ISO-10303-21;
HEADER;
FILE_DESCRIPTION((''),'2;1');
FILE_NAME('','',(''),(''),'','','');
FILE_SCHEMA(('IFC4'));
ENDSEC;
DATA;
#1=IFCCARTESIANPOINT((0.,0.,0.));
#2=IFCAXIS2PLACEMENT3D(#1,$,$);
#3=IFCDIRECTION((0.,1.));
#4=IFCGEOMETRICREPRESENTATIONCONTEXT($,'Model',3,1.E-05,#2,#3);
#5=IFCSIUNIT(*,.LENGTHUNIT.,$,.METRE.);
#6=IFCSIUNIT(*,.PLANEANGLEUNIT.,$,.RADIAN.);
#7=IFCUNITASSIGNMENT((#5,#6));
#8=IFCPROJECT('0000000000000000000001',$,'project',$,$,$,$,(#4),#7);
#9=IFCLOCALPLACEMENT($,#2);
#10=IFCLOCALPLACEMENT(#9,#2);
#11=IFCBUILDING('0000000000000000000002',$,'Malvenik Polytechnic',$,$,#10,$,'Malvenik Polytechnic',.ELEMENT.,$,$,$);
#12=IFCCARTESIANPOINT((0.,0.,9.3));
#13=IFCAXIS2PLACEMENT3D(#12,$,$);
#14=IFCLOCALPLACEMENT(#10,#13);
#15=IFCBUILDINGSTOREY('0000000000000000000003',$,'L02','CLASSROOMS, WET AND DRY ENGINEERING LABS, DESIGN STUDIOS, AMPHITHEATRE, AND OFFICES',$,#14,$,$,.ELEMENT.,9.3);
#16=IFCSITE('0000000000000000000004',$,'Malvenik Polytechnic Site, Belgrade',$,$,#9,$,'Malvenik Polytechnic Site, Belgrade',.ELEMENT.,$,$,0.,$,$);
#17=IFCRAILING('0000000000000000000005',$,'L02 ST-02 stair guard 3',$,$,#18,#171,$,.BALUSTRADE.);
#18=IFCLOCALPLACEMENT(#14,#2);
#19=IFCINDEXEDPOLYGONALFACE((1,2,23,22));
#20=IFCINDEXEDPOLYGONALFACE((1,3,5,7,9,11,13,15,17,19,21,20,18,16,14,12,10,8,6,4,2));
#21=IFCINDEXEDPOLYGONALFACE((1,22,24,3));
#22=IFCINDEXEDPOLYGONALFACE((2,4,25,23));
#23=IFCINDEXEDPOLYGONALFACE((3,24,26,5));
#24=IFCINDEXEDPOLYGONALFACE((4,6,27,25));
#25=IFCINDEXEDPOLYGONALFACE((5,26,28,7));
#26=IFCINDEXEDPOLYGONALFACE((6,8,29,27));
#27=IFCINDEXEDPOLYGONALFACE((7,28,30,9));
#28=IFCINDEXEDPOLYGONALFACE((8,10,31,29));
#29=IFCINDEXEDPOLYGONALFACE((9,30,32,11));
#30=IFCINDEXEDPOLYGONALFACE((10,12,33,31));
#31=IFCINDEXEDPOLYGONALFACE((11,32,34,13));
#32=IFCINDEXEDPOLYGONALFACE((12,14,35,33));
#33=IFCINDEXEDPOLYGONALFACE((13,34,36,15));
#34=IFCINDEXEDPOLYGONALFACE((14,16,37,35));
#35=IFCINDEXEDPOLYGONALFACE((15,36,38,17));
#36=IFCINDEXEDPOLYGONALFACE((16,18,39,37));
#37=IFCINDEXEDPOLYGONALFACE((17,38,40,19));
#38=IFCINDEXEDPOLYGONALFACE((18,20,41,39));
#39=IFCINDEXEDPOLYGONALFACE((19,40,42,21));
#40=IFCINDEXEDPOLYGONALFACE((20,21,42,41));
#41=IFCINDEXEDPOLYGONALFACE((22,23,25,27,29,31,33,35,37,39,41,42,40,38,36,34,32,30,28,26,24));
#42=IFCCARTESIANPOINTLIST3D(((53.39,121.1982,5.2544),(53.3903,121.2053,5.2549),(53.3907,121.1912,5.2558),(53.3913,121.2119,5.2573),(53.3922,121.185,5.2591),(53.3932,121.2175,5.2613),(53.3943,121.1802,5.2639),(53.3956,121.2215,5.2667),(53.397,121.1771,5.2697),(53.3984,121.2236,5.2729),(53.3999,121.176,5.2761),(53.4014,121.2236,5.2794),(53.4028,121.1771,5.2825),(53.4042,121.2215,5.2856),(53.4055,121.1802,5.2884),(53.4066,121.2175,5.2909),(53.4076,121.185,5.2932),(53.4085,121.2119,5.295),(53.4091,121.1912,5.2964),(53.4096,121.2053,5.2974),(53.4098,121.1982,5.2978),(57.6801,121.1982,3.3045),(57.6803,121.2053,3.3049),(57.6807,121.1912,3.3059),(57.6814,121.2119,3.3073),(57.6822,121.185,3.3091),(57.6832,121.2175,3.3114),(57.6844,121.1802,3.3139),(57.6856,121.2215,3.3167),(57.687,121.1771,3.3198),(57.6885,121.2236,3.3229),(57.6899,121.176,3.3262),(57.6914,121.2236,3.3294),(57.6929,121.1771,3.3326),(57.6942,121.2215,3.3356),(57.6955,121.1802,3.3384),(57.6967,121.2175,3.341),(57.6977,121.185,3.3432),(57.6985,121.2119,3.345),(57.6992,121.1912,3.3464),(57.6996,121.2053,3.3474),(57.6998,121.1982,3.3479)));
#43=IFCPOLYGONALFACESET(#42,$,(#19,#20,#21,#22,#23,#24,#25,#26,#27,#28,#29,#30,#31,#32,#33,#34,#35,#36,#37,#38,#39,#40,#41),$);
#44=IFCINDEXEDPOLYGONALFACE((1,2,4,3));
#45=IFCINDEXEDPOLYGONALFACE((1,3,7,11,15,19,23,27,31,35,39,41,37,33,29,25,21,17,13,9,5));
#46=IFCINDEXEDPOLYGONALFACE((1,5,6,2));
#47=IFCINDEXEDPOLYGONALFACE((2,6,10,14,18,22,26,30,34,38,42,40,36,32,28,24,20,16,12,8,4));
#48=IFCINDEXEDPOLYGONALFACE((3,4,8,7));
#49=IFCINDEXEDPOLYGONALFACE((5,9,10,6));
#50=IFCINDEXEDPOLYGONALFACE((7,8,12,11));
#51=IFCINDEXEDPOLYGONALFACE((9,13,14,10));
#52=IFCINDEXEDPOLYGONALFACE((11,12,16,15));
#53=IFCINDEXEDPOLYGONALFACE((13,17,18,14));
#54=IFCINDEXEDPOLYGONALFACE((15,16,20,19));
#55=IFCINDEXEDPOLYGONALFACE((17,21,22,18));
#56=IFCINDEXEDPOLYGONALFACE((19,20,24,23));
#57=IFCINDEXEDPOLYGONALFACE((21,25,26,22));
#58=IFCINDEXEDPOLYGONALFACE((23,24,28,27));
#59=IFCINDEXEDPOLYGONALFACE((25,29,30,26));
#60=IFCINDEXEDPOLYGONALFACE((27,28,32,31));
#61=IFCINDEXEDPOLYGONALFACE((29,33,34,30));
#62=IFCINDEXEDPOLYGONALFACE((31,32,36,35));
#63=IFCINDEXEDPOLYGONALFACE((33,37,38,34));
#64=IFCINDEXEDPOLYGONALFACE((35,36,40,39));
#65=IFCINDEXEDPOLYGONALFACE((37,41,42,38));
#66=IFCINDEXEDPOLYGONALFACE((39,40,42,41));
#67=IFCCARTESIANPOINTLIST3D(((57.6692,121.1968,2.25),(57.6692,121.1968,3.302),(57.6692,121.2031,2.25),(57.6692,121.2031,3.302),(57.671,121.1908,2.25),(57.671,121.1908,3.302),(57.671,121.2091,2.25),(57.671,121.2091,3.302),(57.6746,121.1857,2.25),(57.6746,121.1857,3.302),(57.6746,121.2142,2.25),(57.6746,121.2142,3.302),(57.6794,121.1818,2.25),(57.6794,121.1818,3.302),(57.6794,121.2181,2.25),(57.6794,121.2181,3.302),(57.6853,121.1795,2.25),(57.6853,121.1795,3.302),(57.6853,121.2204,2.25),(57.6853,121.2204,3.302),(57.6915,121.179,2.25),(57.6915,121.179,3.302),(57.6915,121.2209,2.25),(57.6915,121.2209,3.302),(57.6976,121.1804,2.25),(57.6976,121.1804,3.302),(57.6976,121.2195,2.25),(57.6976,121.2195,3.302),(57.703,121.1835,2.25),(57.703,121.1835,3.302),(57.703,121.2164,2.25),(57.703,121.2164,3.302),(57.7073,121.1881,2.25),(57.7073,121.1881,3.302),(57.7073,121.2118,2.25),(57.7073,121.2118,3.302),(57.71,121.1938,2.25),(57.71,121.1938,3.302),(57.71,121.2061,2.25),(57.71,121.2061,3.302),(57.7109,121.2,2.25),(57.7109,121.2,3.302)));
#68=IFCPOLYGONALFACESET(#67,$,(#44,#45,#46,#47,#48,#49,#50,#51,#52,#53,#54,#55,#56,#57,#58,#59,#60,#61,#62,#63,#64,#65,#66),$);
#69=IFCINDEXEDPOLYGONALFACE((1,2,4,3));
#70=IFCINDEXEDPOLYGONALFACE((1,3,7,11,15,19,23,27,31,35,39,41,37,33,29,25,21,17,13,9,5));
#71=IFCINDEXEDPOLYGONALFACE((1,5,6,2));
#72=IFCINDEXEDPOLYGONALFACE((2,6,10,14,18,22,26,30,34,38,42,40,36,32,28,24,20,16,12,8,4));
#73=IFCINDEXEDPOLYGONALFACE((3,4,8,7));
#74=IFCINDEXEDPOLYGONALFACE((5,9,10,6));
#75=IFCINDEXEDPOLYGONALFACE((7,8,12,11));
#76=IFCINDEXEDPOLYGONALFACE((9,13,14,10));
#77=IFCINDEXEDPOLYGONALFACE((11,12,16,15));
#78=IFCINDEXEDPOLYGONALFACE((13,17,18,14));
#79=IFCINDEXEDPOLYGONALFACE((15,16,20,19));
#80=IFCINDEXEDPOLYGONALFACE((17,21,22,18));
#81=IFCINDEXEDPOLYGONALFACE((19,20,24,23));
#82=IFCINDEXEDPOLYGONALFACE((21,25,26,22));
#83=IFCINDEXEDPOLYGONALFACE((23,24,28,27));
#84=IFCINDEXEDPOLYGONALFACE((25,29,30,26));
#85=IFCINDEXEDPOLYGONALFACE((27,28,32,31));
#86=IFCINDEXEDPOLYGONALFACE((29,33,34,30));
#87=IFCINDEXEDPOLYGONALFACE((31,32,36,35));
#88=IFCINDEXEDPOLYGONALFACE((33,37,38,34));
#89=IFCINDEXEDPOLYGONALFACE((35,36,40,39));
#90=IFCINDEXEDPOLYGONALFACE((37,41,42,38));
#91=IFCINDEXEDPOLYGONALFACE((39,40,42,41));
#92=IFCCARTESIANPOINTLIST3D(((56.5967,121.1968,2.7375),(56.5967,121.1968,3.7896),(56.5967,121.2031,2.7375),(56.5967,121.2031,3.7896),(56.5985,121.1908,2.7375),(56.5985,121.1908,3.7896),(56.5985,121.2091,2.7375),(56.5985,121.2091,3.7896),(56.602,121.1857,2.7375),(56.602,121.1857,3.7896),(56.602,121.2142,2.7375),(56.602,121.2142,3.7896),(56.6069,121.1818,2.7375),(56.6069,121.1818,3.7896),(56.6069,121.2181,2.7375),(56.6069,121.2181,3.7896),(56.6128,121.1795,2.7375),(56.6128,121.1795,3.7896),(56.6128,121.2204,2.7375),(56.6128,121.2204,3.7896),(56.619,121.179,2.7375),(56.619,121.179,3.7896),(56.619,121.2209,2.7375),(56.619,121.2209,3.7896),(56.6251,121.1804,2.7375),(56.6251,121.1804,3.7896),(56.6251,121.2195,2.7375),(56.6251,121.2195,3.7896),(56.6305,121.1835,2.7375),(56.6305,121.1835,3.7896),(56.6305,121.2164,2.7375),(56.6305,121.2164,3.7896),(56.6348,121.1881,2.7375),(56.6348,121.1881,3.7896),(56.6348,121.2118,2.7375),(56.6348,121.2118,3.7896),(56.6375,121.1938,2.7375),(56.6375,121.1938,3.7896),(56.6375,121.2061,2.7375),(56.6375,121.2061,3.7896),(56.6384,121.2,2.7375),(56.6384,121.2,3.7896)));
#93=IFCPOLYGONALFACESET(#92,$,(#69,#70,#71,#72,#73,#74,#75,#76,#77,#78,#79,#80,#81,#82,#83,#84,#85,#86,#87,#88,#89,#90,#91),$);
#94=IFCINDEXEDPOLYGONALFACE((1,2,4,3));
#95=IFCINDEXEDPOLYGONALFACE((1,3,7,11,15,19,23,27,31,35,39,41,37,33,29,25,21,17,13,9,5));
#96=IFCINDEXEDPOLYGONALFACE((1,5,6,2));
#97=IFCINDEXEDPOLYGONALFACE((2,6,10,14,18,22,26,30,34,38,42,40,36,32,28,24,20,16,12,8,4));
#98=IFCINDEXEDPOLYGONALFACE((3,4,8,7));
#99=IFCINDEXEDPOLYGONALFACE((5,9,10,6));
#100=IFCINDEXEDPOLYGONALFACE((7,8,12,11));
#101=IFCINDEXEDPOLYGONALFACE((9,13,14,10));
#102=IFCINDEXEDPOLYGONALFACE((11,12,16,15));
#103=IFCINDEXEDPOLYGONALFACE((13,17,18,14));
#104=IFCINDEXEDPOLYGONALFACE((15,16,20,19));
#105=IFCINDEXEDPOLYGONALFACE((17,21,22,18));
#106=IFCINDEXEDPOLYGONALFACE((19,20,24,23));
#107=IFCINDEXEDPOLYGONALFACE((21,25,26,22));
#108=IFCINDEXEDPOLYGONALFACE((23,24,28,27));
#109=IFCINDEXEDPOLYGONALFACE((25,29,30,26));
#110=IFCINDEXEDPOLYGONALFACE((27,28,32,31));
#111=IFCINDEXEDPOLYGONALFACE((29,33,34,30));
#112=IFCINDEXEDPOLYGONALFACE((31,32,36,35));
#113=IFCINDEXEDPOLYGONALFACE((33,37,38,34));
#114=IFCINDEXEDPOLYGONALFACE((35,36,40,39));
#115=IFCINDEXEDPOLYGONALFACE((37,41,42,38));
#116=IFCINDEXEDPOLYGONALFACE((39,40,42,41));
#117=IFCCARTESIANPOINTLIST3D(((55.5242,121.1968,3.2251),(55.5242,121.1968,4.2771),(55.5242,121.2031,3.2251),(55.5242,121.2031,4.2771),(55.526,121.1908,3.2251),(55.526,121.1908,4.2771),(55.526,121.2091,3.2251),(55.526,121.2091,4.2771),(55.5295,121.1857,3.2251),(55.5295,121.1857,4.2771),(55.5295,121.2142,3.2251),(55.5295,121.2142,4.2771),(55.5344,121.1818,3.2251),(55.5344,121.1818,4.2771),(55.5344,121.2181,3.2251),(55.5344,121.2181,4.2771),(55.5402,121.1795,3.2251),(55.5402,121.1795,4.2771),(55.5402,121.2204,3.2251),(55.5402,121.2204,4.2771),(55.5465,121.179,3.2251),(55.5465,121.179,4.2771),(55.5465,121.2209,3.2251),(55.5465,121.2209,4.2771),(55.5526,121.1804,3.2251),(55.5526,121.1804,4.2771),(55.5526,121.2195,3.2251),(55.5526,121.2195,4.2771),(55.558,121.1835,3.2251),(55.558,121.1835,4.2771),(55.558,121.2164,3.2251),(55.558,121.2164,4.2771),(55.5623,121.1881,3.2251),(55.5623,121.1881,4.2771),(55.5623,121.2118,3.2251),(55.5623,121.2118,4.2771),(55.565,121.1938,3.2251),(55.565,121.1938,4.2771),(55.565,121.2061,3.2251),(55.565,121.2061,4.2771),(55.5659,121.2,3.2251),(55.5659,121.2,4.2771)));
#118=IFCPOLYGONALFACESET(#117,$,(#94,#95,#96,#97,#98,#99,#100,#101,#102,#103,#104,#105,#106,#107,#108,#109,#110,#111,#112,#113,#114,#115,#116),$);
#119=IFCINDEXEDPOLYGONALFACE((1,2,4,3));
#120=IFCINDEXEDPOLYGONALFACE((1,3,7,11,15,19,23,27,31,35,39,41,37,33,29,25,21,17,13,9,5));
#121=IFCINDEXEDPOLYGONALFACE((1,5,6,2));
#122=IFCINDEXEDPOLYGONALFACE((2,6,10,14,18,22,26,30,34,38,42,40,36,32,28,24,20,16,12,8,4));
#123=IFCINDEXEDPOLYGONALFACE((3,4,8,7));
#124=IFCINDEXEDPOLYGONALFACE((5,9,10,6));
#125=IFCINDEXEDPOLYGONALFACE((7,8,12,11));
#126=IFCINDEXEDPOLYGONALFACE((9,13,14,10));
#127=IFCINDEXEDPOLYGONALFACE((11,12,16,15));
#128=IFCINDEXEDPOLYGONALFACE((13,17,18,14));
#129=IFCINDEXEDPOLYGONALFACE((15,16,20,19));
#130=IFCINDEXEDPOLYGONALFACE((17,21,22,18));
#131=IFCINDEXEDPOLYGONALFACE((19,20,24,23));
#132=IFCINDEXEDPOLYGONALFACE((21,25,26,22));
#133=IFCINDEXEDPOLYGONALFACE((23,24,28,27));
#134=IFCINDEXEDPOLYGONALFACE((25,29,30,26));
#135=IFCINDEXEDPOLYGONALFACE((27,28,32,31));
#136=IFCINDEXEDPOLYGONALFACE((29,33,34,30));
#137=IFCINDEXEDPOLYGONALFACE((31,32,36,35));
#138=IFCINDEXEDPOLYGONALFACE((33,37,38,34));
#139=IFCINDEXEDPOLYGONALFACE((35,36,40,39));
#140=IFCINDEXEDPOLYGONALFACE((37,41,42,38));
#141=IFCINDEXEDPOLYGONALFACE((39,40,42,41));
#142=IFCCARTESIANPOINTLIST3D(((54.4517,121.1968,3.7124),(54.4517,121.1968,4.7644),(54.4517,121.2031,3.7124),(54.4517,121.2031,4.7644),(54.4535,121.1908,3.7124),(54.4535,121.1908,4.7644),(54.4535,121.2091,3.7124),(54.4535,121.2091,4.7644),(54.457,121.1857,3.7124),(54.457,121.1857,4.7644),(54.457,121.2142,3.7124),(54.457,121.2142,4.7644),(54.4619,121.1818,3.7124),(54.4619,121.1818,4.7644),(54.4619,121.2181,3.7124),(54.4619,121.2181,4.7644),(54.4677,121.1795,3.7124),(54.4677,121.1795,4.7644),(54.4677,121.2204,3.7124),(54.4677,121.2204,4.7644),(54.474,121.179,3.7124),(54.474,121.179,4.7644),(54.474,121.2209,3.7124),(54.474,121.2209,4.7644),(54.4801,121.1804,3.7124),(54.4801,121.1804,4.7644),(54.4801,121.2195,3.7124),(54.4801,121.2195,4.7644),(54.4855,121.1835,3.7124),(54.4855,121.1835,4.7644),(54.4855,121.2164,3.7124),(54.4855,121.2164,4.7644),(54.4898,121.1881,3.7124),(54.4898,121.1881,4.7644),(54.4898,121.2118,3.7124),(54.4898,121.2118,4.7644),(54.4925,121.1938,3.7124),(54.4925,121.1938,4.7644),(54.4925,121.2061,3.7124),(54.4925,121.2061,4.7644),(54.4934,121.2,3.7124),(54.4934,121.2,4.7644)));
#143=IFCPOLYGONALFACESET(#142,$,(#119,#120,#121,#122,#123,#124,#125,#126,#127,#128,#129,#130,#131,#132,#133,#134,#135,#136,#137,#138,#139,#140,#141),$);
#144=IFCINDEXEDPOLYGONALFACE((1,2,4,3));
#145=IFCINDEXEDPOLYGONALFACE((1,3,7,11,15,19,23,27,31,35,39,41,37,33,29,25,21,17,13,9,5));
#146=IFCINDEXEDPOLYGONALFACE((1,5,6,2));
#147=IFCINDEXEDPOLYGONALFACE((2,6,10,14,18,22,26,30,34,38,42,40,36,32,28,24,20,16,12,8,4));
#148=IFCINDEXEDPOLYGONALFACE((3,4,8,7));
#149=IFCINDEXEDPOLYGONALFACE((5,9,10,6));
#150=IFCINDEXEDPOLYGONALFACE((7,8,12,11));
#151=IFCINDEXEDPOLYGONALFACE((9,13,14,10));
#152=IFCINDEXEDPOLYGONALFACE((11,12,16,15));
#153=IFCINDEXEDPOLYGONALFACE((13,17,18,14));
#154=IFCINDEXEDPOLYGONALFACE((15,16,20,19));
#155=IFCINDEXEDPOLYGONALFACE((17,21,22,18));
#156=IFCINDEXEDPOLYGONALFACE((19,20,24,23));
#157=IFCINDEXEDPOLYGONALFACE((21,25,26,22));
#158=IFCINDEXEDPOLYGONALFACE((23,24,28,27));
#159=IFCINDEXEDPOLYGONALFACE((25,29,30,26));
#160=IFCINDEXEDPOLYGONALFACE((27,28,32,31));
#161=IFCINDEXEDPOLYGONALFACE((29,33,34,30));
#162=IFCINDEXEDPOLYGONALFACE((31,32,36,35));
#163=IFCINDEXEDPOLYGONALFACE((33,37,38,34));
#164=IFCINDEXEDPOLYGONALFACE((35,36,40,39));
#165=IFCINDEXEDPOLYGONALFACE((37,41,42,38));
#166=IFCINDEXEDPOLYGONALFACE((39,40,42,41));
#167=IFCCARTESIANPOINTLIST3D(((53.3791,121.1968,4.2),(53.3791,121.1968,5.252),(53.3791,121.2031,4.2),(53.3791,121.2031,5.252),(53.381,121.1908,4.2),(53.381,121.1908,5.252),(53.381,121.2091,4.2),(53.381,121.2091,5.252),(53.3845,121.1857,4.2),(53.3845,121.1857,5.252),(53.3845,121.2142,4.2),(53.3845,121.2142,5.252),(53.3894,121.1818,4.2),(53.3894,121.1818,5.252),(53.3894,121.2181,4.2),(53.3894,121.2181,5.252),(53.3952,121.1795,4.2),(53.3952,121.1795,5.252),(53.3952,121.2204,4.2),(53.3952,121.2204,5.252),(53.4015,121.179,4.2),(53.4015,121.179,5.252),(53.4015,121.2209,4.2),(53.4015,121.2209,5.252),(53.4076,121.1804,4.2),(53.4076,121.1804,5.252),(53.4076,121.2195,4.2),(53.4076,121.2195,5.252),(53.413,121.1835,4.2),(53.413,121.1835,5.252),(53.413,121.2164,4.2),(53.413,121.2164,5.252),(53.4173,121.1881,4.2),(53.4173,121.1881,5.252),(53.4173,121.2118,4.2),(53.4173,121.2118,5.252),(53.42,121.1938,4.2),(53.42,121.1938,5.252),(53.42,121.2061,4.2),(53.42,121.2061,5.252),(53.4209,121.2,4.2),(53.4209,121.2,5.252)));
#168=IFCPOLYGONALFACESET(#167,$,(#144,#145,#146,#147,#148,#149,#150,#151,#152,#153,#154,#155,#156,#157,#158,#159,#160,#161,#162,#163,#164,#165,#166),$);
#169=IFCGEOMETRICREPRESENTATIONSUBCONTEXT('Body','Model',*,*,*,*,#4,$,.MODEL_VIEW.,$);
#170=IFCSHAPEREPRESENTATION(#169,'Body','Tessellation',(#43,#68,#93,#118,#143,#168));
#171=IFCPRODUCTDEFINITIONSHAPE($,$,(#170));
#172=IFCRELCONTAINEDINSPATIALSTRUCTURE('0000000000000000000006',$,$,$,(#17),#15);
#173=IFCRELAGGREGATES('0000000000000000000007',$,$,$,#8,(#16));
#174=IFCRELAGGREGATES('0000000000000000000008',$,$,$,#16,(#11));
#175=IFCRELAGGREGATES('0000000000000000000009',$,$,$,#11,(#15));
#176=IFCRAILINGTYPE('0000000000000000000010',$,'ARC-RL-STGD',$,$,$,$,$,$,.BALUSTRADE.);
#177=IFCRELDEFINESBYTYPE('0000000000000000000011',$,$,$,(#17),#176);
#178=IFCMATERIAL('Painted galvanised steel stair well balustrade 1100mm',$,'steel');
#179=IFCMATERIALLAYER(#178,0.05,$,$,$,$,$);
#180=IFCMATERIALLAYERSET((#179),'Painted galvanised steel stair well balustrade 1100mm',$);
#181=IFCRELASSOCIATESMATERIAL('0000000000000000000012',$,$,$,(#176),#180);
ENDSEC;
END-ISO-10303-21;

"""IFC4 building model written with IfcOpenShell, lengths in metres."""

from ifc_helpers import new_model, si_unit, direction, frame, origin, origin_2d, place, context, subcontext, project, spatial, circle, extrude, material, layer, layer_set, type_object, element, save


model = new_model("IFC4")

# Units and contexts
model_context = context("Model", 3, precision=1e-05, world=origin(), true_north=direction((0.0, 1.0)))
body_context = subcontext(model_context, "Body", "Model", "MODEL_VIEW")
ifc_project = project(units=[si_unit("LENGTHUNIT", "METRE"), si_unit("PLANEANGLEUNIT", "RADIAN")], contexts=[model_context])

# Site, building, storey
site_placement = place(None, origin())
site = spatial("IfcSite", under=ifc_project, at=site_placement, Name="Malvenik Polytechnic Site, Belgrade", LongName="Malvenik Polytechnic Site, Belgrade", CompositionType="ELEMENT", RefElevation=0.0)
building_placement = place(site_placement, origin())
building = spatial("IfcBuilding", under=site, at=building_placement, Name="Malvenik Polytechnic", LongName="Malvenik Polytechnic", CompositionType="ELEMENT")
storey_placement = place(building_placement, frame((0.0, 0.0, 9.3)))
storey = spatial("IfcBuildingStorey", under=building, at=storey_placement, Name="L02", Description="CLASSROOMS, WET AND DRY ENGINEERING LABS, DESIGN STUDIOS, AMPHITHEATRE, AND OFFICES", CompositionType="ELEMENT", Elevation=9.3)

# Railing
ifc_material_1 = material(Name="Painted galvanised steel stair well balustrade 1100mm", Category="steel")
ifc_layer_1 = layer(ifc_material_1, 0.05)
ifc_layer_set_1 = layer_set([ifc_layer_1], Name="Painted galvanised steel stair well balustrade 1100mm")
railing_type_1 = type_object("IfcRailingType", Name="ARC-RL-STGD", PredefinedType="BALUSTRADE", material=ifc_layer_set_1)
railing_1_placement = place(storey_placement, frame((57.6899, 121.2, 2.25)))
element("IfcRailing", 1, at=railing_1_placement, inside=storey, type_object=railing_type_1, Name="L02 ST-02 stair guard 3", PredefinedType="BALUSTRADE", context=body_context, shape_type="SweptSolid", body=[
    extrude(circle(Radius=0.0239, at=origin_2d()), frame((0.0, 0.0, 1.0762), z_axis=(-0.910372, 0.0, 0.413791), x_axis=(0.0, -1.0, 0.0)), (0.0, 0.0, 1.0), 4.7124),
    extrude(circle(Radius=0.021, at=origin_2d()), origin(), (0.0, 0.0, 1.0), 1.052),
    extrude(circle(Radius=0.021, at=origin_2d()), frame((-1.0725, 0.0, 0.4875)), (0.0, 0.0, 1.0), 1.052),
    extrude(circle(Radius=0.021, at=origin_2d()), frame((-2.145, 0.0, 0.9751)), (0.0, 0.0, 1.0), 1.052),
    extrude(circle(Radius=0.021, at=origin_2d()), frame((-3.2175, 0.0, 1.4624)), (0.0, 0.0, 1.0), 1.052),
    extrude(circle(Radius=0.021, at=origin_2d()), frame((-4.29, 0.0, 1.95)), (0.0, 0.0, 1.0), 1.052),
])

save(model, "model.ifc")
